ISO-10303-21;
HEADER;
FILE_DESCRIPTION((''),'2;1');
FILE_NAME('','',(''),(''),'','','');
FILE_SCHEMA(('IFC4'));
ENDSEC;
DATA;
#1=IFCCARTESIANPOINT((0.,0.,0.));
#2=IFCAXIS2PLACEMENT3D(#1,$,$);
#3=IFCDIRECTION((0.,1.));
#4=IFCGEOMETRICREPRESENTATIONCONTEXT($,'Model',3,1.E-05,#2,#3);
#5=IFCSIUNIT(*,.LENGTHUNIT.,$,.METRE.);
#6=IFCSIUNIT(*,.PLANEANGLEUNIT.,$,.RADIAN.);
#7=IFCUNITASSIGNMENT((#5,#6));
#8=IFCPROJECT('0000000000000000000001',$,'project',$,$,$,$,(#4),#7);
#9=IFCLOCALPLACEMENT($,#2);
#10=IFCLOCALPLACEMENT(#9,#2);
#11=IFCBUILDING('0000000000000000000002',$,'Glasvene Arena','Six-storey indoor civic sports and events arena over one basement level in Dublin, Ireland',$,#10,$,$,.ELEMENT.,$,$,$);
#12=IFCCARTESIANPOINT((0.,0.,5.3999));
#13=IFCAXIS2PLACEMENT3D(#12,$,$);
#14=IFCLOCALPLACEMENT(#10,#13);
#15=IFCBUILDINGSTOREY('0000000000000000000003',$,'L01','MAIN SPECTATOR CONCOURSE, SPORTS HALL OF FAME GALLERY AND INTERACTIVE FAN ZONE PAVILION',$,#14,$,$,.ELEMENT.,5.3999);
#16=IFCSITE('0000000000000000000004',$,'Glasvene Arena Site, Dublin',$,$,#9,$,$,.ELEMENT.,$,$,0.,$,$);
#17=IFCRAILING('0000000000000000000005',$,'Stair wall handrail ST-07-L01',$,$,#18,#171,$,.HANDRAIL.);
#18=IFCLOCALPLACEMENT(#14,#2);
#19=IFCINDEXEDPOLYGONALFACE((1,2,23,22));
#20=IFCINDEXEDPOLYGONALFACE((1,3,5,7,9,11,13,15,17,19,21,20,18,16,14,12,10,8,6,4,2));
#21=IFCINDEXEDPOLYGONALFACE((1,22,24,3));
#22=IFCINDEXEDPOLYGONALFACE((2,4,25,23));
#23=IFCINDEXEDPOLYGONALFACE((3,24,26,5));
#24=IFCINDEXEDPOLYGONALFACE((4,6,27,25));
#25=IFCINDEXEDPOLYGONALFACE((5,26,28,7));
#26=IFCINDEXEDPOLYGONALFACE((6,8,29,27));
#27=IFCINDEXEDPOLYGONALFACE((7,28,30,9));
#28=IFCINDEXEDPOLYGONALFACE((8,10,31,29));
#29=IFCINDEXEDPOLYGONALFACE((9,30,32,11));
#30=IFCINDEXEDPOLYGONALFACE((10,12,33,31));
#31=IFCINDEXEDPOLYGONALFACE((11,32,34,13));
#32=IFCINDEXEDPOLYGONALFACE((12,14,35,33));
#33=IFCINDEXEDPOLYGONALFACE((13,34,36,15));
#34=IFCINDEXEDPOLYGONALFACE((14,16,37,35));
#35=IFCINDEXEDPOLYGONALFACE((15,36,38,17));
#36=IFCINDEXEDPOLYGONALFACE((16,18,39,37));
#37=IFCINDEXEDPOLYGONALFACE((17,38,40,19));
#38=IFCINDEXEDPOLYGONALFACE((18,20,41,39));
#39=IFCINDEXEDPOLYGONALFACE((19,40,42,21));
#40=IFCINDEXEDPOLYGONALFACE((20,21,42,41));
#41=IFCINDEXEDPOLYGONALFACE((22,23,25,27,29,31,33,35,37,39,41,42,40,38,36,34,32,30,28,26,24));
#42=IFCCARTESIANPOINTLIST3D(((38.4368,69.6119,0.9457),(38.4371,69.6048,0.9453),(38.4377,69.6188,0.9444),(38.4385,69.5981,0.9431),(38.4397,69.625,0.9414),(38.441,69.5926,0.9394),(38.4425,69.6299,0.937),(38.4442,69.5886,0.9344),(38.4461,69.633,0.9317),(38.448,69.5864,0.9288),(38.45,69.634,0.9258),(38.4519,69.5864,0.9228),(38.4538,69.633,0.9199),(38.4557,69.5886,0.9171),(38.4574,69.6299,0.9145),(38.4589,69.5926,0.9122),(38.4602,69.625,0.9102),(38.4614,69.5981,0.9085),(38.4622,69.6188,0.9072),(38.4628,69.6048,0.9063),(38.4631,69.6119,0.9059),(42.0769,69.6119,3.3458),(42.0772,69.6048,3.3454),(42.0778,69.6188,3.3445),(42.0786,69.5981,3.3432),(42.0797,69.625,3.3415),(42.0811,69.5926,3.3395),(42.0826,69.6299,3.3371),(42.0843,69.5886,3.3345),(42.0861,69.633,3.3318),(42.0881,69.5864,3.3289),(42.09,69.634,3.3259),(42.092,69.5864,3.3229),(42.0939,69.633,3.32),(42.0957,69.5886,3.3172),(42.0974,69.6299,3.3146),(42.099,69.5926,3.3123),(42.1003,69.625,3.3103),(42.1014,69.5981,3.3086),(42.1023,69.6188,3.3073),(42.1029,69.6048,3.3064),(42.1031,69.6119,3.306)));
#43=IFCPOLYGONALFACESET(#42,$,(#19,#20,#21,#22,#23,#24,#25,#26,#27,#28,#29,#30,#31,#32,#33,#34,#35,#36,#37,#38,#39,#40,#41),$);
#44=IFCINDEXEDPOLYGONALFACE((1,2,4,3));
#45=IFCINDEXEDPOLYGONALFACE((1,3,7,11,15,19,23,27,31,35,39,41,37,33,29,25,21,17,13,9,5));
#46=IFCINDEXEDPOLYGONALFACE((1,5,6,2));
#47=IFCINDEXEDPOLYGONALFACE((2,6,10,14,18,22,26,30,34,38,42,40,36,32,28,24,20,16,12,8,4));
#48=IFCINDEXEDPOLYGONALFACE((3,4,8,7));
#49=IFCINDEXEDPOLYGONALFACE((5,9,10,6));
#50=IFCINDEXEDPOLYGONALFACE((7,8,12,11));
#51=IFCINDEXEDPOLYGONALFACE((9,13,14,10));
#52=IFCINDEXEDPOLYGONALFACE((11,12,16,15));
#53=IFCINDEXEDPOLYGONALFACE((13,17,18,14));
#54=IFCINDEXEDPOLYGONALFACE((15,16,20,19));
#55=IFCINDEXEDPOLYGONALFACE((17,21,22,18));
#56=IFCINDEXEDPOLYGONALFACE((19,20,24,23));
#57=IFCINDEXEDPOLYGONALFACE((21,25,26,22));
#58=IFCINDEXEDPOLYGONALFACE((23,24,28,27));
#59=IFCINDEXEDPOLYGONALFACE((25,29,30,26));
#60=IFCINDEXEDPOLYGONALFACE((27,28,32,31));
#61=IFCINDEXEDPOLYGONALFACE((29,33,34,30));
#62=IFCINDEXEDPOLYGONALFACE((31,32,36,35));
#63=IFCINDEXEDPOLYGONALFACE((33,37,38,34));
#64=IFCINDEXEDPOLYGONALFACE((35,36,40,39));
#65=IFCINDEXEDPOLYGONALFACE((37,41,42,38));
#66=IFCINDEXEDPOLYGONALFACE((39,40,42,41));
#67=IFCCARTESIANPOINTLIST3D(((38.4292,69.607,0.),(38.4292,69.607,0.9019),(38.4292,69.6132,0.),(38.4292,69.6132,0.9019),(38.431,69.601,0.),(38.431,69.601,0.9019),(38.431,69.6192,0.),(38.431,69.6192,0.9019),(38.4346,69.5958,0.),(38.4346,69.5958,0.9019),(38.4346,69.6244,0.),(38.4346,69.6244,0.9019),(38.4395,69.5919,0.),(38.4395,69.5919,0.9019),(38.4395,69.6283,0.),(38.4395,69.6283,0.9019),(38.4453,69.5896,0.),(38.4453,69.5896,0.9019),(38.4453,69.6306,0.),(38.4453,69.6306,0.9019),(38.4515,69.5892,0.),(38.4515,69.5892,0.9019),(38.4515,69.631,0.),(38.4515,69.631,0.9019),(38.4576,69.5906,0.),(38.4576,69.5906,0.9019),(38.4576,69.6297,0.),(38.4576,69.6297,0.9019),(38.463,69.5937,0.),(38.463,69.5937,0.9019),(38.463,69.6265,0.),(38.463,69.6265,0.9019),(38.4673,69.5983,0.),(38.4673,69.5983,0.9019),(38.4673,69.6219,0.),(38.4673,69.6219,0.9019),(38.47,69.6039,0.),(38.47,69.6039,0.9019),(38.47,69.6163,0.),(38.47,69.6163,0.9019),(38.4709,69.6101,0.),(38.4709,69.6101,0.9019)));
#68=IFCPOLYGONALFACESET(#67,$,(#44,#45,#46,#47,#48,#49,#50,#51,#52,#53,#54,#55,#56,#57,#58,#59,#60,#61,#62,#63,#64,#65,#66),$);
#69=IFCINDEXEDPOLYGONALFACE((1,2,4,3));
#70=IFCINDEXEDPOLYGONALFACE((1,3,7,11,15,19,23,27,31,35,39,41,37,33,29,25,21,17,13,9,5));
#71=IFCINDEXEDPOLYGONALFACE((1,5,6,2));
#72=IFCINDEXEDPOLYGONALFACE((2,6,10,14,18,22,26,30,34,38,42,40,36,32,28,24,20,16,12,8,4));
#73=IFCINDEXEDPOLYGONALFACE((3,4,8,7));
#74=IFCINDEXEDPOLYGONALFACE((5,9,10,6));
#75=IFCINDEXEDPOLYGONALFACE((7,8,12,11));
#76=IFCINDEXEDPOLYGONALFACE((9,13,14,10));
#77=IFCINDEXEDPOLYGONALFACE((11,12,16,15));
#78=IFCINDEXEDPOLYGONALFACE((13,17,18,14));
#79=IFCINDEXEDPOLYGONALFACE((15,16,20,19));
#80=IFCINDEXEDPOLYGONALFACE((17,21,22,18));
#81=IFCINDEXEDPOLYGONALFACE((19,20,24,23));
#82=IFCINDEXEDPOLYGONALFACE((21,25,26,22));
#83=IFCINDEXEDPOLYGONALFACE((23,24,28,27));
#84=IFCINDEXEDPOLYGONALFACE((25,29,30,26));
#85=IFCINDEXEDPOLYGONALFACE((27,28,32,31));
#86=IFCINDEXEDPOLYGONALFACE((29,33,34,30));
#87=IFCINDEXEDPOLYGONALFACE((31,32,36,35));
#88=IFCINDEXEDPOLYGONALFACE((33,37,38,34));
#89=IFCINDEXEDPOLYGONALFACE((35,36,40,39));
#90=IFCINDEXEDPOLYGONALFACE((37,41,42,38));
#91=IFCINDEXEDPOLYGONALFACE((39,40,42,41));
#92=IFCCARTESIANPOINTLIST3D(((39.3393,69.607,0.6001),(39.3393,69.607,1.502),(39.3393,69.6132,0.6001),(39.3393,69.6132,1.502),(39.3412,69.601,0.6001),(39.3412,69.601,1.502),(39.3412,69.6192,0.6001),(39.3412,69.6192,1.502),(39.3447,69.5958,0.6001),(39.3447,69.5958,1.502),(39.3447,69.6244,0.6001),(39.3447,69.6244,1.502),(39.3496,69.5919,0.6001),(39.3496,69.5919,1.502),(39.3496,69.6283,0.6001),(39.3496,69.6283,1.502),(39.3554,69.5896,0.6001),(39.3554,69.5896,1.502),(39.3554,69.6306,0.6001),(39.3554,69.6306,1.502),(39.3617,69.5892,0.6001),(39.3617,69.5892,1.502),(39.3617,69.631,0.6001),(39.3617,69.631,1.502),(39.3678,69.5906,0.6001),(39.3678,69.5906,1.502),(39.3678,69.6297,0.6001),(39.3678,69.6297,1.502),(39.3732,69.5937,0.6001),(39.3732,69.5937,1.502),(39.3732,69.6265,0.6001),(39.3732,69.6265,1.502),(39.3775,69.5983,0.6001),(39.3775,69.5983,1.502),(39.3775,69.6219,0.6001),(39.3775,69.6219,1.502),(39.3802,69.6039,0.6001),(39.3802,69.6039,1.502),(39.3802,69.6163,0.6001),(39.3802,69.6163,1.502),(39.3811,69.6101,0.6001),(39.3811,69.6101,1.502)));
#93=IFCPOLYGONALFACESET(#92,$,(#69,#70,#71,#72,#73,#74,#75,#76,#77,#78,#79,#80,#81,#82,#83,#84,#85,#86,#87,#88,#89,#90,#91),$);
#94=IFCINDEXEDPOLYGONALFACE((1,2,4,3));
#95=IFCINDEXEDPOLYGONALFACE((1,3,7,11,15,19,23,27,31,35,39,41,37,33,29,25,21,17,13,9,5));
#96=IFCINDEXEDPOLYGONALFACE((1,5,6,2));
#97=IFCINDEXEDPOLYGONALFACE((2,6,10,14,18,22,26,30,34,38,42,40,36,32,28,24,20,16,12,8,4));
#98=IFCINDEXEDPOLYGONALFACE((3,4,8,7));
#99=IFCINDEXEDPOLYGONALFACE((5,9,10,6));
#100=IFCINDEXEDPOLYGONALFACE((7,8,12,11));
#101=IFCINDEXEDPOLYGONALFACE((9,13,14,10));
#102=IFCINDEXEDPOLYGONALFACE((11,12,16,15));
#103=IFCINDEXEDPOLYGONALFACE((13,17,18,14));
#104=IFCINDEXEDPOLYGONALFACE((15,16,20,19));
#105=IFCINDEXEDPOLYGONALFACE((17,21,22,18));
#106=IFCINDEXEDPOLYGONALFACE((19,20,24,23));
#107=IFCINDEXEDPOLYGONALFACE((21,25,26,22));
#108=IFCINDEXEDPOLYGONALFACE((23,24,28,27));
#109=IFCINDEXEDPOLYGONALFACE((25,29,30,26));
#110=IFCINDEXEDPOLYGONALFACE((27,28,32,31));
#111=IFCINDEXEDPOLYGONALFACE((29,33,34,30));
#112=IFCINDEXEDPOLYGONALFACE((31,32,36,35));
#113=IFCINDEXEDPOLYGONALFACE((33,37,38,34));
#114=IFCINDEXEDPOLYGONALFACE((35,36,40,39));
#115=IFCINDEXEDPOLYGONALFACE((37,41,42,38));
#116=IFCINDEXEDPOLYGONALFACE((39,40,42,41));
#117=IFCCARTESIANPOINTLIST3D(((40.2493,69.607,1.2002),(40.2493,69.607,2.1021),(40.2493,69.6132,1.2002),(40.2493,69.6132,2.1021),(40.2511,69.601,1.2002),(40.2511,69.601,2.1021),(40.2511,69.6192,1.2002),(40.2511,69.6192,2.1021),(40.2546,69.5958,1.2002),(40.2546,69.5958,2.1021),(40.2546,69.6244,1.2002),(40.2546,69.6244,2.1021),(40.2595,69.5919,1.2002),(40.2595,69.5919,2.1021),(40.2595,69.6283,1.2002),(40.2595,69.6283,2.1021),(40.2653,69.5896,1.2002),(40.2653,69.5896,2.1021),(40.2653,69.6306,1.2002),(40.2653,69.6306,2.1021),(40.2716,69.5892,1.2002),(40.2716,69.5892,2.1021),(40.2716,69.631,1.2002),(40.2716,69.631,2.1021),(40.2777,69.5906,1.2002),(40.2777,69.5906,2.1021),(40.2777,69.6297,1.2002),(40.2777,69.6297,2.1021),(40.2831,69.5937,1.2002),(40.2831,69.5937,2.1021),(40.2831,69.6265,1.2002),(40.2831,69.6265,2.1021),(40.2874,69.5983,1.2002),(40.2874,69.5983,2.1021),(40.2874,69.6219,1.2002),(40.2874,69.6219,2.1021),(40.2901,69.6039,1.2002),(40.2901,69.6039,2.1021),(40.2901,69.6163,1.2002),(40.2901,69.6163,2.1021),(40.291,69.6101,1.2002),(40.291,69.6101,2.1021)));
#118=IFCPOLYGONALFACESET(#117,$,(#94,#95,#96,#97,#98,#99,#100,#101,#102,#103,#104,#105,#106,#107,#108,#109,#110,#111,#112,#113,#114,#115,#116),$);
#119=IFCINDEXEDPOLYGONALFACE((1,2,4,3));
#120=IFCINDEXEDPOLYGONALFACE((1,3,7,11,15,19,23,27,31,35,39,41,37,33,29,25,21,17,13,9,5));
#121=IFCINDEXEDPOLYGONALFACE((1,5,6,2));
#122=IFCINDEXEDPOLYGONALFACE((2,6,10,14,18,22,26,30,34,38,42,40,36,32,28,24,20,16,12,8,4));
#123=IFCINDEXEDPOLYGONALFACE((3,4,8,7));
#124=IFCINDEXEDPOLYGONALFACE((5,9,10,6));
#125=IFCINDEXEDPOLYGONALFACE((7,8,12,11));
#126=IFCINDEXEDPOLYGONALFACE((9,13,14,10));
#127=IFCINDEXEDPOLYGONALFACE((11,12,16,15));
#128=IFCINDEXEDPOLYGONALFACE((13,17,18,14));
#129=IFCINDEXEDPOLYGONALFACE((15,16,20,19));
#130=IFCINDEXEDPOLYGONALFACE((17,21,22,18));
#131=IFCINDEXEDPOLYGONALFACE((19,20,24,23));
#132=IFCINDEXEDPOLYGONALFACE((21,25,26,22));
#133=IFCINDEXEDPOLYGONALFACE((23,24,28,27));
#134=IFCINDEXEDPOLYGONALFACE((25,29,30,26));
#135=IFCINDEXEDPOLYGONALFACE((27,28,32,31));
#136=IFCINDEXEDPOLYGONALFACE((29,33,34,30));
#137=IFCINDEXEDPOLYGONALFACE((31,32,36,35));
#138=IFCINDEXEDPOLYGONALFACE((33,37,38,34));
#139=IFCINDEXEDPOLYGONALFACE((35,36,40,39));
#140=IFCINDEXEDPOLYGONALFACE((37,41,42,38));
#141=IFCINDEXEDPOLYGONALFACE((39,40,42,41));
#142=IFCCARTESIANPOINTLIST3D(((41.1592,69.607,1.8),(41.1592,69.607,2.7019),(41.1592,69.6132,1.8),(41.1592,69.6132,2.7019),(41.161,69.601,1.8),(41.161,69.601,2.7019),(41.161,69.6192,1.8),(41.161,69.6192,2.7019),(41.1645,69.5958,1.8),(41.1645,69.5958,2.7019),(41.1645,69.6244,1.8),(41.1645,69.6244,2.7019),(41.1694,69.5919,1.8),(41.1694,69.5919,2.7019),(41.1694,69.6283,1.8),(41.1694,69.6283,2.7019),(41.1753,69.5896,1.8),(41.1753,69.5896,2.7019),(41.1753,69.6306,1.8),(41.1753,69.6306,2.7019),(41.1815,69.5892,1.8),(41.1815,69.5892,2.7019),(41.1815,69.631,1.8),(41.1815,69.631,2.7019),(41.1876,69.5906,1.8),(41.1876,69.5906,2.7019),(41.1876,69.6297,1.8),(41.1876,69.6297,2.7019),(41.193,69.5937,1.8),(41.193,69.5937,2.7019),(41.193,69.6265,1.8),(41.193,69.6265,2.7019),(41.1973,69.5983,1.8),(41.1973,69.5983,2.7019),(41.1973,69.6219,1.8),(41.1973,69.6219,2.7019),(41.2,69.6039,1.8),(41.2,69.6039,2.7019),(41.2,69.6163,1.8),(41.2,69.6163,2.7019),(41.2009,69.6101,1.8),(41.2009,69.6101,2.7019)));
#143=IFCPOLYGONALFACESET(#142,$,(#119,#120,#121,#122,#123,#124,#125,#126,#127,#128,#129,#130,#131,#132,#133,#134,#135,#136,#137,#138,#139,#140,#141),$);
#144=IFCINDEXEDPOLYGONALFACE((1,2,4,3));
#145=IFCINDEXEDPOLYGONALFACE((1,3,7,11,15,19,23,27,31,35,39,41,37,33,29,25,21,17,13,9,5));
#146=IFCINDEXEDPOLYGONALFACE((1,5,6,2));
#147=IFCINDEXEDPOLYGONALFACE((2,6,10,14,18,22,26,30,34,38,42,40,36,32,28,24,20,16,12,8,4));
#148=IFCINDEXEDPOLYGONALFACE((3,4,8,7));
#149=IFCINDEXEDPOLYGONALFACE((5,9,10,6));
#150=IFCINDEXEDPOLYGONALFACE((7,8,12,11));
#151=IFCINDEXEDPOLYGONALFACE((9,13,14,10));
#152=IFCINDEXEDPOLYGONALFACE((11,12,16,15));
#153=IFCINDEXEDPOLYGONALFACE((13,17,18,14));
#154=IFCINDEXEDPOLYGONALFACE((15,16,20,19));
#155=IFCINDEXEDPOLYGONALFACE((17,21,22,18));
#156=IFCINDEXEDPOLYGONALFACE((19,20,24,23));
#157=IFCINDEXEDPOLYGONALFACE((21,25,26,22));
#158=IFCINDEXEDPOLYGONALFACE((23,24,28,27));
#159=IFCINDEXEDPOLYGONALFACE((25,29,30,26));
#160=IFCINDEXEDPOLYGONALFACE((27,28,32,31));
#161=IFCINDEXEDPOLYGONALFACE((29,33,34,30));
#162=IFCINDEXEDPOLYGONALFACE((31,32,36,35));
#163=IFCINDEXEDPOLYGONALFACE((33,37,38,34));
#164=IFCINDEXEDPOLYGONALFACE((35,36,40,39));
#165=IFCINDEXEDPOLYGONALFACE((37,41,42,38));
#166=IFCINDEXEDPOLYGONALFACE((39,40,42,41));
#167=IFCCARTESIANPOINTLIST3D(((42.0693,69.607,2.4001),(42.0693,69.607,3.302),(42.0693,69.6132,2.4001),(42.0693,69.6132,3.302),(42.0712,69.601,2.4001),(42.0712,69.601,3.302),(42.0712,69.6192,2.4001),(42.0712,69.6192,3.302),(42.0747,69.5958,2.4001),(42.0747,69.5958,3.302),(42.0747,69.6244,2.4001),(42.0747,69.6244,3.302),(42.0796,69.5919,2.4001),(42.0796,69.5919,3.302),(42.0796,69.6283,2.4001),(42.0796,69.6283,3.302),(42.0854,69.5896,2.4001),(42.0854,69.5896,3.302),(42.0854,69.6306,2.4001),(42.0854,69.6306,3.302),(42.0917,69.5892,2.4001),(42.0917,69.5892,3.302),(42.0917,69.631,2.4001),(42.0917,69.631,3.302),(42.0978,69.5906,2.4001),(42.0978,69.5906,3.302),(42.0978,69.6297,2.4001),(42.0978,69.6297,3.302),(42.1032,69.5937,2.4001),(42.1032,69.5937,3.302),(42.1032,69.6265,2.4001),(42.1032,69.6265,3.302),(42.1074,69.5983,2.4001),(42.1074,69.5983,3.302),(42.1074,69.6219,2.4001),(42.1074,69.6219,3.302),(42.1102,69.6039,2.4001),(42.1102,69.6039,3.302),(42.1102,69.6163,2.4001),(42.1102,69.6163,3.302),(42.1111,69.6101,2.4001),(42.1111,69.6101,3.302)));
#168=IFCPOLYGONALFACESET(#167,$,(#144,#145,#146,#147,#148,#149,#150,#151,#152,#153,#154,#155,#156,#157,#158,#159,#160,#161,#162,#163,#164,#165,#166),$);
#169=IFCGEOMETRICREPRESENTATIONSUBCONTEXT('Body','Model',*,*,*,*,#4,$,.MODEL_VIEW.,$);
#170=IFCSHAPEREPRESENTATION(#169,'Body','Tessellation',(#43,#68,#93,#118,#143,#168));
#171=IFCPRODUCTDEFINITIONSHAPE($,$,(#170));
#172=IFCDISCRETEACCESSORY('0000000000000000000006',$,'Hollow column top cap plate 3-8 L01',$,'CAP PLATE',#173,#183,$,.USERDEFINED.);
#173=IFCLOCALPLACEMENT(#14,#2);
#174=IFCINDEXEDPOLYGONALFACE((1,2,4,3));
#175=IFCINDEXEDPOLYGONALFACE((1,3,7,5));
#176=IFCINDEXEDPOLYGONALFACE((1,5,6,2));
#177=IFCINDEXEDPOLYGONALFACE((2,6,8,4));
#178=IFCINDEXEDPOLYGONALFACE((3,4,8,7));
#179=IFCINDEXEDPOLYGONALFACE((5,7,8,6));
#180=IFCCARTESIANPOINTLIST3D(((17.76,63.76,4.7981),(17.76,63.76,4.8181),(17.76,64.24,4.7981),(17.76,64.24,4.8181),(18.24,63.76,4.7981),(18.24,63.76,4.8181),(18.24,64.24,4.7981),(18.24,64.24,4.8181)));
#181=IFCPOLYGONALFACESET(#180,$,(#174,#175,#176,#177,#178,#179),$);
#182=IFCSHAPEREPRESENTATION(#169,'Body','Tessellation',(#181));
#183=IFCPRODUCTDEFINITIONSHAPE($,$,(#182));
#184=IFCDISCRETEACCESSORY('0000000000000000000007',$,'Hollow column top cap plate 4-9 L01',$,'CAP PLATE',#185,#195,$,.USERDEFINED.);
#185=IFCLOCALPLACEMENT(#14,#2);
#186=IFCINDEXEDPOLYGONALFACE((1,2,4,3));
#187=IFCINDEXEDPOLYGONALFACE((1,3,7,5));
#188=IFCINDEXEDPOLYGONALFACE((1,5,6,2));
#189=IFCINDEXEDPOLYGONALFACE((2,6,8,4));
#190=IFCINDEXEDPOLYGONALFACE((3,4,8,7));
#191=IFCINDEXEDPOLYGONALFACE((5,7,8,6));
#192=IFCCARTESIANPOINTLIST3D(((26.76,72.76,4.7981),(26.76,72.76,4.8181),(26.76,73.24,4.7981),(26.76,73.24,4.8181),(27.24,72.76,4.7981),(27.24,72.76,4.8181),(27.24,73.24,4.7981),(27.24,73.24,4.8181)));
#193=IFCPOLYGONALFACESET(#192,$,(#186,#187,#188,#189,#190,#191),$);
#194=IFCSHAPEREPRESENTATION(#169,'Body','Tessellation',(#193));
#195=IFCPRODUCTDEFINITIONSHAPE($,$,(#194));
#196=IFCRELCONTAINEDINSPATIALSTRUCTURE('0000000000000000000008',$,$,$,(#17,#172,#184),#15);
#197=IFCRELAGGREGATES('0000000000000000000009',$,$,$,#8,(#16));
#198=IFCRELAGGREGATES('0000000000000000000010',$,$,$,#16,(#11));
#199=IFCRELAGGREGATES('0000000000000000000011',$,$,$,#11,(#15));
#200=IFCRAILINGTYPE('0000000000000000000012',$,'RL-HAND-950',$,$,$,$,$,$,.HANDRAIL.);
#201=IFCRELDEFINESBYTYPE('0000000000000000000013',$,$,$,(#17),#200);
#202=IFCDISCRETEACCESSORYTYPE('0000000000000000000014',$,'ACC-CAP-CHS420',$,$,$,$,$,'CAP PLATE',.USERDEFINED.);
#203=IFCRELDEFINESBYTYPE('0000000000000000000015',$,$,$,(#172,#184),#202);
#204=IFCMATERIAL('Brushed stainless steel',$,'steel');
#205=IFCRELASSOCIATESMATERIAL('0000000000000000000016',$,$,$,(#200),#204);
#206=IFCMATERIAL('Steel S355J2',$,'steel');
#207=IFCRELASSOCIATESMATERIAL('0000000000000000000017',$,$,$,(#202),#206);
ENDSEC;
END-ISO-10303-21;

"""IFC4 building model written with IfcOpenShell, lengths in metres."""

from ifc_helpers import new_model, si_unit, direction, frame, origin, origin_2d, place, context, subcontext, project, spatial, rectangle, circle, extrude, material, type_object, element, save


model = new_model("IFC4")

# Units and contexts
model_context = context("Model", 3, precision=1e-05, world=origin(), true_north=direction((0.0, 1.0)))
body_context = subcontext(model_context, "Body", "Model", "MODEL_VIEW")
ifc_project = project(units=[si_unit("LENGTHUNIT", "METRE"), si_unit("PLANEANGLEUNIT", "RADIAN")], contexts=[model_context])

# Site, building, storey
site_placement = place(None, origin())
site = spatial("IfcSite", under=ifc_project, at=site_placement, Name="Glasvene Arena Site, Dublin", CompositionType="ELEMENT", RefElevation=0.0)
building_placement = place(site_placement, origin())
building = spatial("IfcBuilding", under=site, at=building_placement, Name="Glasvene Arena", Description="Six-storey indoor civic sports and events arena over one basement level in Dublin, Ireland", CompositionType="ELEMENT")
storey_placement = place(building_placement, frame((0.0, 0.0, 5.3999)))
storey = spatial("IfcBuildingStorey", under=building, at=storey_placement, Name="L01", Description="MAIN SPECTATOR CONCOURSE, SPORTS HALL OF FAME GALLERY AND INTERACTIVE FAN ZONE PAVILION", CompositionType="ELEMENT", Elevation=5.3999)

# Shared definitions
ifc_material_1 = material(Name="Steel S355J2", Category="steel")

# Shared definitions
ifc_material_2 = material(Name="Brushed stainless steel", Category="steel")

# Railing
railing_type_1 = type_object("IfcRailingType", Name="RL-HAND-950", PredefinedType="HANDRAIL", material=ifc_material_2)
railing_1_placement = place(storey_placement, frame((38.45, 69.6101, 0.0)))
element("IfcRailing", 1, at=railing_1_placement, inside=storey, type_object=railing_type_1, Name="Stair wall handrail ST-07-L01", PredefinedType="HANDRAIL", context=body_context, shape_type="SweptSolid", body=[
    extrude(circle(Radius=0.0239, at=origin_2d()), frame((0.0, 0.0, 0.9258), z_axis=(0.834856, 0.0, 0.550468), x_axis=(0.0, 1.0, 0.0)), (0.0, 0.0, 1.0), 4.3601),
    extrude(circle(Radius=0.021, at=origin_2d()), origin(), (0.0, 0.0, 1.0), 0.9019),
    extrude(circle(Radius=0.021, at=origin_2d()), frame((0.9102, 0.0, 0.6001)), (0.0, 0.0, 1.0), 0.9019),
    extrude(circle(Radius=0.021, at=origin_2d()), frame((1.8201, 0.0, 1.2002)), (0.0, 0.0, 1.0), 0.9019),
    extrude(circle(Radius=0.021, at=origin_2d()), frame((2.73, 0.0, 1.8)), (0.0, 0.0, 1.0), 0.9019),
    extrude(circle(Radius=0.021, at=origin_2d()), frame((3.6401, 0.0, 2.4001)), (0.0, 0.0, 1.0), 0.9019),
])

# Discrete accessories
discrete_accessory_type = type_object("IfcDiscreteAccessoryType", Name="ACC-CAP-CHS420", ElementType="CAP PLATE", PredefinedType="USERDEFINED", material=ifc_material_1)
for number, where, z_axis, x_axis, name in (
    (2, (18.0, 64.0, 4.7981), (0.0, 0.0, 1.0), (1.0, 0.0, 0.0), "Hollow column top cap plate 3-8 L01"),
    (3, (27.0, 73.0, 4.7981), (0.0, 0.0, 1.0), (1.0, 0.0, 0.0), "Hollow column top cap plate 4-9 L01"),
):
    element("IfcDiscreteAccessory", number, at=place(storey_placement, frame(where, z_axis=z_axis, x_axis=x_axis)), inside=storey, type_object=discrete_accessory_type, Name=name, ObjectType="CAP PLATE", PredefinedType="USERDEFINED", context=body_context, shape_type="SweptSolid", body=[
        extrude(rectangle(XDim=0.48, YDim=0.48, at=origin_2d()), origin(), (0.0, 0.0, 1.0), 0.02),
    ])

save(model, "model.ifc")
